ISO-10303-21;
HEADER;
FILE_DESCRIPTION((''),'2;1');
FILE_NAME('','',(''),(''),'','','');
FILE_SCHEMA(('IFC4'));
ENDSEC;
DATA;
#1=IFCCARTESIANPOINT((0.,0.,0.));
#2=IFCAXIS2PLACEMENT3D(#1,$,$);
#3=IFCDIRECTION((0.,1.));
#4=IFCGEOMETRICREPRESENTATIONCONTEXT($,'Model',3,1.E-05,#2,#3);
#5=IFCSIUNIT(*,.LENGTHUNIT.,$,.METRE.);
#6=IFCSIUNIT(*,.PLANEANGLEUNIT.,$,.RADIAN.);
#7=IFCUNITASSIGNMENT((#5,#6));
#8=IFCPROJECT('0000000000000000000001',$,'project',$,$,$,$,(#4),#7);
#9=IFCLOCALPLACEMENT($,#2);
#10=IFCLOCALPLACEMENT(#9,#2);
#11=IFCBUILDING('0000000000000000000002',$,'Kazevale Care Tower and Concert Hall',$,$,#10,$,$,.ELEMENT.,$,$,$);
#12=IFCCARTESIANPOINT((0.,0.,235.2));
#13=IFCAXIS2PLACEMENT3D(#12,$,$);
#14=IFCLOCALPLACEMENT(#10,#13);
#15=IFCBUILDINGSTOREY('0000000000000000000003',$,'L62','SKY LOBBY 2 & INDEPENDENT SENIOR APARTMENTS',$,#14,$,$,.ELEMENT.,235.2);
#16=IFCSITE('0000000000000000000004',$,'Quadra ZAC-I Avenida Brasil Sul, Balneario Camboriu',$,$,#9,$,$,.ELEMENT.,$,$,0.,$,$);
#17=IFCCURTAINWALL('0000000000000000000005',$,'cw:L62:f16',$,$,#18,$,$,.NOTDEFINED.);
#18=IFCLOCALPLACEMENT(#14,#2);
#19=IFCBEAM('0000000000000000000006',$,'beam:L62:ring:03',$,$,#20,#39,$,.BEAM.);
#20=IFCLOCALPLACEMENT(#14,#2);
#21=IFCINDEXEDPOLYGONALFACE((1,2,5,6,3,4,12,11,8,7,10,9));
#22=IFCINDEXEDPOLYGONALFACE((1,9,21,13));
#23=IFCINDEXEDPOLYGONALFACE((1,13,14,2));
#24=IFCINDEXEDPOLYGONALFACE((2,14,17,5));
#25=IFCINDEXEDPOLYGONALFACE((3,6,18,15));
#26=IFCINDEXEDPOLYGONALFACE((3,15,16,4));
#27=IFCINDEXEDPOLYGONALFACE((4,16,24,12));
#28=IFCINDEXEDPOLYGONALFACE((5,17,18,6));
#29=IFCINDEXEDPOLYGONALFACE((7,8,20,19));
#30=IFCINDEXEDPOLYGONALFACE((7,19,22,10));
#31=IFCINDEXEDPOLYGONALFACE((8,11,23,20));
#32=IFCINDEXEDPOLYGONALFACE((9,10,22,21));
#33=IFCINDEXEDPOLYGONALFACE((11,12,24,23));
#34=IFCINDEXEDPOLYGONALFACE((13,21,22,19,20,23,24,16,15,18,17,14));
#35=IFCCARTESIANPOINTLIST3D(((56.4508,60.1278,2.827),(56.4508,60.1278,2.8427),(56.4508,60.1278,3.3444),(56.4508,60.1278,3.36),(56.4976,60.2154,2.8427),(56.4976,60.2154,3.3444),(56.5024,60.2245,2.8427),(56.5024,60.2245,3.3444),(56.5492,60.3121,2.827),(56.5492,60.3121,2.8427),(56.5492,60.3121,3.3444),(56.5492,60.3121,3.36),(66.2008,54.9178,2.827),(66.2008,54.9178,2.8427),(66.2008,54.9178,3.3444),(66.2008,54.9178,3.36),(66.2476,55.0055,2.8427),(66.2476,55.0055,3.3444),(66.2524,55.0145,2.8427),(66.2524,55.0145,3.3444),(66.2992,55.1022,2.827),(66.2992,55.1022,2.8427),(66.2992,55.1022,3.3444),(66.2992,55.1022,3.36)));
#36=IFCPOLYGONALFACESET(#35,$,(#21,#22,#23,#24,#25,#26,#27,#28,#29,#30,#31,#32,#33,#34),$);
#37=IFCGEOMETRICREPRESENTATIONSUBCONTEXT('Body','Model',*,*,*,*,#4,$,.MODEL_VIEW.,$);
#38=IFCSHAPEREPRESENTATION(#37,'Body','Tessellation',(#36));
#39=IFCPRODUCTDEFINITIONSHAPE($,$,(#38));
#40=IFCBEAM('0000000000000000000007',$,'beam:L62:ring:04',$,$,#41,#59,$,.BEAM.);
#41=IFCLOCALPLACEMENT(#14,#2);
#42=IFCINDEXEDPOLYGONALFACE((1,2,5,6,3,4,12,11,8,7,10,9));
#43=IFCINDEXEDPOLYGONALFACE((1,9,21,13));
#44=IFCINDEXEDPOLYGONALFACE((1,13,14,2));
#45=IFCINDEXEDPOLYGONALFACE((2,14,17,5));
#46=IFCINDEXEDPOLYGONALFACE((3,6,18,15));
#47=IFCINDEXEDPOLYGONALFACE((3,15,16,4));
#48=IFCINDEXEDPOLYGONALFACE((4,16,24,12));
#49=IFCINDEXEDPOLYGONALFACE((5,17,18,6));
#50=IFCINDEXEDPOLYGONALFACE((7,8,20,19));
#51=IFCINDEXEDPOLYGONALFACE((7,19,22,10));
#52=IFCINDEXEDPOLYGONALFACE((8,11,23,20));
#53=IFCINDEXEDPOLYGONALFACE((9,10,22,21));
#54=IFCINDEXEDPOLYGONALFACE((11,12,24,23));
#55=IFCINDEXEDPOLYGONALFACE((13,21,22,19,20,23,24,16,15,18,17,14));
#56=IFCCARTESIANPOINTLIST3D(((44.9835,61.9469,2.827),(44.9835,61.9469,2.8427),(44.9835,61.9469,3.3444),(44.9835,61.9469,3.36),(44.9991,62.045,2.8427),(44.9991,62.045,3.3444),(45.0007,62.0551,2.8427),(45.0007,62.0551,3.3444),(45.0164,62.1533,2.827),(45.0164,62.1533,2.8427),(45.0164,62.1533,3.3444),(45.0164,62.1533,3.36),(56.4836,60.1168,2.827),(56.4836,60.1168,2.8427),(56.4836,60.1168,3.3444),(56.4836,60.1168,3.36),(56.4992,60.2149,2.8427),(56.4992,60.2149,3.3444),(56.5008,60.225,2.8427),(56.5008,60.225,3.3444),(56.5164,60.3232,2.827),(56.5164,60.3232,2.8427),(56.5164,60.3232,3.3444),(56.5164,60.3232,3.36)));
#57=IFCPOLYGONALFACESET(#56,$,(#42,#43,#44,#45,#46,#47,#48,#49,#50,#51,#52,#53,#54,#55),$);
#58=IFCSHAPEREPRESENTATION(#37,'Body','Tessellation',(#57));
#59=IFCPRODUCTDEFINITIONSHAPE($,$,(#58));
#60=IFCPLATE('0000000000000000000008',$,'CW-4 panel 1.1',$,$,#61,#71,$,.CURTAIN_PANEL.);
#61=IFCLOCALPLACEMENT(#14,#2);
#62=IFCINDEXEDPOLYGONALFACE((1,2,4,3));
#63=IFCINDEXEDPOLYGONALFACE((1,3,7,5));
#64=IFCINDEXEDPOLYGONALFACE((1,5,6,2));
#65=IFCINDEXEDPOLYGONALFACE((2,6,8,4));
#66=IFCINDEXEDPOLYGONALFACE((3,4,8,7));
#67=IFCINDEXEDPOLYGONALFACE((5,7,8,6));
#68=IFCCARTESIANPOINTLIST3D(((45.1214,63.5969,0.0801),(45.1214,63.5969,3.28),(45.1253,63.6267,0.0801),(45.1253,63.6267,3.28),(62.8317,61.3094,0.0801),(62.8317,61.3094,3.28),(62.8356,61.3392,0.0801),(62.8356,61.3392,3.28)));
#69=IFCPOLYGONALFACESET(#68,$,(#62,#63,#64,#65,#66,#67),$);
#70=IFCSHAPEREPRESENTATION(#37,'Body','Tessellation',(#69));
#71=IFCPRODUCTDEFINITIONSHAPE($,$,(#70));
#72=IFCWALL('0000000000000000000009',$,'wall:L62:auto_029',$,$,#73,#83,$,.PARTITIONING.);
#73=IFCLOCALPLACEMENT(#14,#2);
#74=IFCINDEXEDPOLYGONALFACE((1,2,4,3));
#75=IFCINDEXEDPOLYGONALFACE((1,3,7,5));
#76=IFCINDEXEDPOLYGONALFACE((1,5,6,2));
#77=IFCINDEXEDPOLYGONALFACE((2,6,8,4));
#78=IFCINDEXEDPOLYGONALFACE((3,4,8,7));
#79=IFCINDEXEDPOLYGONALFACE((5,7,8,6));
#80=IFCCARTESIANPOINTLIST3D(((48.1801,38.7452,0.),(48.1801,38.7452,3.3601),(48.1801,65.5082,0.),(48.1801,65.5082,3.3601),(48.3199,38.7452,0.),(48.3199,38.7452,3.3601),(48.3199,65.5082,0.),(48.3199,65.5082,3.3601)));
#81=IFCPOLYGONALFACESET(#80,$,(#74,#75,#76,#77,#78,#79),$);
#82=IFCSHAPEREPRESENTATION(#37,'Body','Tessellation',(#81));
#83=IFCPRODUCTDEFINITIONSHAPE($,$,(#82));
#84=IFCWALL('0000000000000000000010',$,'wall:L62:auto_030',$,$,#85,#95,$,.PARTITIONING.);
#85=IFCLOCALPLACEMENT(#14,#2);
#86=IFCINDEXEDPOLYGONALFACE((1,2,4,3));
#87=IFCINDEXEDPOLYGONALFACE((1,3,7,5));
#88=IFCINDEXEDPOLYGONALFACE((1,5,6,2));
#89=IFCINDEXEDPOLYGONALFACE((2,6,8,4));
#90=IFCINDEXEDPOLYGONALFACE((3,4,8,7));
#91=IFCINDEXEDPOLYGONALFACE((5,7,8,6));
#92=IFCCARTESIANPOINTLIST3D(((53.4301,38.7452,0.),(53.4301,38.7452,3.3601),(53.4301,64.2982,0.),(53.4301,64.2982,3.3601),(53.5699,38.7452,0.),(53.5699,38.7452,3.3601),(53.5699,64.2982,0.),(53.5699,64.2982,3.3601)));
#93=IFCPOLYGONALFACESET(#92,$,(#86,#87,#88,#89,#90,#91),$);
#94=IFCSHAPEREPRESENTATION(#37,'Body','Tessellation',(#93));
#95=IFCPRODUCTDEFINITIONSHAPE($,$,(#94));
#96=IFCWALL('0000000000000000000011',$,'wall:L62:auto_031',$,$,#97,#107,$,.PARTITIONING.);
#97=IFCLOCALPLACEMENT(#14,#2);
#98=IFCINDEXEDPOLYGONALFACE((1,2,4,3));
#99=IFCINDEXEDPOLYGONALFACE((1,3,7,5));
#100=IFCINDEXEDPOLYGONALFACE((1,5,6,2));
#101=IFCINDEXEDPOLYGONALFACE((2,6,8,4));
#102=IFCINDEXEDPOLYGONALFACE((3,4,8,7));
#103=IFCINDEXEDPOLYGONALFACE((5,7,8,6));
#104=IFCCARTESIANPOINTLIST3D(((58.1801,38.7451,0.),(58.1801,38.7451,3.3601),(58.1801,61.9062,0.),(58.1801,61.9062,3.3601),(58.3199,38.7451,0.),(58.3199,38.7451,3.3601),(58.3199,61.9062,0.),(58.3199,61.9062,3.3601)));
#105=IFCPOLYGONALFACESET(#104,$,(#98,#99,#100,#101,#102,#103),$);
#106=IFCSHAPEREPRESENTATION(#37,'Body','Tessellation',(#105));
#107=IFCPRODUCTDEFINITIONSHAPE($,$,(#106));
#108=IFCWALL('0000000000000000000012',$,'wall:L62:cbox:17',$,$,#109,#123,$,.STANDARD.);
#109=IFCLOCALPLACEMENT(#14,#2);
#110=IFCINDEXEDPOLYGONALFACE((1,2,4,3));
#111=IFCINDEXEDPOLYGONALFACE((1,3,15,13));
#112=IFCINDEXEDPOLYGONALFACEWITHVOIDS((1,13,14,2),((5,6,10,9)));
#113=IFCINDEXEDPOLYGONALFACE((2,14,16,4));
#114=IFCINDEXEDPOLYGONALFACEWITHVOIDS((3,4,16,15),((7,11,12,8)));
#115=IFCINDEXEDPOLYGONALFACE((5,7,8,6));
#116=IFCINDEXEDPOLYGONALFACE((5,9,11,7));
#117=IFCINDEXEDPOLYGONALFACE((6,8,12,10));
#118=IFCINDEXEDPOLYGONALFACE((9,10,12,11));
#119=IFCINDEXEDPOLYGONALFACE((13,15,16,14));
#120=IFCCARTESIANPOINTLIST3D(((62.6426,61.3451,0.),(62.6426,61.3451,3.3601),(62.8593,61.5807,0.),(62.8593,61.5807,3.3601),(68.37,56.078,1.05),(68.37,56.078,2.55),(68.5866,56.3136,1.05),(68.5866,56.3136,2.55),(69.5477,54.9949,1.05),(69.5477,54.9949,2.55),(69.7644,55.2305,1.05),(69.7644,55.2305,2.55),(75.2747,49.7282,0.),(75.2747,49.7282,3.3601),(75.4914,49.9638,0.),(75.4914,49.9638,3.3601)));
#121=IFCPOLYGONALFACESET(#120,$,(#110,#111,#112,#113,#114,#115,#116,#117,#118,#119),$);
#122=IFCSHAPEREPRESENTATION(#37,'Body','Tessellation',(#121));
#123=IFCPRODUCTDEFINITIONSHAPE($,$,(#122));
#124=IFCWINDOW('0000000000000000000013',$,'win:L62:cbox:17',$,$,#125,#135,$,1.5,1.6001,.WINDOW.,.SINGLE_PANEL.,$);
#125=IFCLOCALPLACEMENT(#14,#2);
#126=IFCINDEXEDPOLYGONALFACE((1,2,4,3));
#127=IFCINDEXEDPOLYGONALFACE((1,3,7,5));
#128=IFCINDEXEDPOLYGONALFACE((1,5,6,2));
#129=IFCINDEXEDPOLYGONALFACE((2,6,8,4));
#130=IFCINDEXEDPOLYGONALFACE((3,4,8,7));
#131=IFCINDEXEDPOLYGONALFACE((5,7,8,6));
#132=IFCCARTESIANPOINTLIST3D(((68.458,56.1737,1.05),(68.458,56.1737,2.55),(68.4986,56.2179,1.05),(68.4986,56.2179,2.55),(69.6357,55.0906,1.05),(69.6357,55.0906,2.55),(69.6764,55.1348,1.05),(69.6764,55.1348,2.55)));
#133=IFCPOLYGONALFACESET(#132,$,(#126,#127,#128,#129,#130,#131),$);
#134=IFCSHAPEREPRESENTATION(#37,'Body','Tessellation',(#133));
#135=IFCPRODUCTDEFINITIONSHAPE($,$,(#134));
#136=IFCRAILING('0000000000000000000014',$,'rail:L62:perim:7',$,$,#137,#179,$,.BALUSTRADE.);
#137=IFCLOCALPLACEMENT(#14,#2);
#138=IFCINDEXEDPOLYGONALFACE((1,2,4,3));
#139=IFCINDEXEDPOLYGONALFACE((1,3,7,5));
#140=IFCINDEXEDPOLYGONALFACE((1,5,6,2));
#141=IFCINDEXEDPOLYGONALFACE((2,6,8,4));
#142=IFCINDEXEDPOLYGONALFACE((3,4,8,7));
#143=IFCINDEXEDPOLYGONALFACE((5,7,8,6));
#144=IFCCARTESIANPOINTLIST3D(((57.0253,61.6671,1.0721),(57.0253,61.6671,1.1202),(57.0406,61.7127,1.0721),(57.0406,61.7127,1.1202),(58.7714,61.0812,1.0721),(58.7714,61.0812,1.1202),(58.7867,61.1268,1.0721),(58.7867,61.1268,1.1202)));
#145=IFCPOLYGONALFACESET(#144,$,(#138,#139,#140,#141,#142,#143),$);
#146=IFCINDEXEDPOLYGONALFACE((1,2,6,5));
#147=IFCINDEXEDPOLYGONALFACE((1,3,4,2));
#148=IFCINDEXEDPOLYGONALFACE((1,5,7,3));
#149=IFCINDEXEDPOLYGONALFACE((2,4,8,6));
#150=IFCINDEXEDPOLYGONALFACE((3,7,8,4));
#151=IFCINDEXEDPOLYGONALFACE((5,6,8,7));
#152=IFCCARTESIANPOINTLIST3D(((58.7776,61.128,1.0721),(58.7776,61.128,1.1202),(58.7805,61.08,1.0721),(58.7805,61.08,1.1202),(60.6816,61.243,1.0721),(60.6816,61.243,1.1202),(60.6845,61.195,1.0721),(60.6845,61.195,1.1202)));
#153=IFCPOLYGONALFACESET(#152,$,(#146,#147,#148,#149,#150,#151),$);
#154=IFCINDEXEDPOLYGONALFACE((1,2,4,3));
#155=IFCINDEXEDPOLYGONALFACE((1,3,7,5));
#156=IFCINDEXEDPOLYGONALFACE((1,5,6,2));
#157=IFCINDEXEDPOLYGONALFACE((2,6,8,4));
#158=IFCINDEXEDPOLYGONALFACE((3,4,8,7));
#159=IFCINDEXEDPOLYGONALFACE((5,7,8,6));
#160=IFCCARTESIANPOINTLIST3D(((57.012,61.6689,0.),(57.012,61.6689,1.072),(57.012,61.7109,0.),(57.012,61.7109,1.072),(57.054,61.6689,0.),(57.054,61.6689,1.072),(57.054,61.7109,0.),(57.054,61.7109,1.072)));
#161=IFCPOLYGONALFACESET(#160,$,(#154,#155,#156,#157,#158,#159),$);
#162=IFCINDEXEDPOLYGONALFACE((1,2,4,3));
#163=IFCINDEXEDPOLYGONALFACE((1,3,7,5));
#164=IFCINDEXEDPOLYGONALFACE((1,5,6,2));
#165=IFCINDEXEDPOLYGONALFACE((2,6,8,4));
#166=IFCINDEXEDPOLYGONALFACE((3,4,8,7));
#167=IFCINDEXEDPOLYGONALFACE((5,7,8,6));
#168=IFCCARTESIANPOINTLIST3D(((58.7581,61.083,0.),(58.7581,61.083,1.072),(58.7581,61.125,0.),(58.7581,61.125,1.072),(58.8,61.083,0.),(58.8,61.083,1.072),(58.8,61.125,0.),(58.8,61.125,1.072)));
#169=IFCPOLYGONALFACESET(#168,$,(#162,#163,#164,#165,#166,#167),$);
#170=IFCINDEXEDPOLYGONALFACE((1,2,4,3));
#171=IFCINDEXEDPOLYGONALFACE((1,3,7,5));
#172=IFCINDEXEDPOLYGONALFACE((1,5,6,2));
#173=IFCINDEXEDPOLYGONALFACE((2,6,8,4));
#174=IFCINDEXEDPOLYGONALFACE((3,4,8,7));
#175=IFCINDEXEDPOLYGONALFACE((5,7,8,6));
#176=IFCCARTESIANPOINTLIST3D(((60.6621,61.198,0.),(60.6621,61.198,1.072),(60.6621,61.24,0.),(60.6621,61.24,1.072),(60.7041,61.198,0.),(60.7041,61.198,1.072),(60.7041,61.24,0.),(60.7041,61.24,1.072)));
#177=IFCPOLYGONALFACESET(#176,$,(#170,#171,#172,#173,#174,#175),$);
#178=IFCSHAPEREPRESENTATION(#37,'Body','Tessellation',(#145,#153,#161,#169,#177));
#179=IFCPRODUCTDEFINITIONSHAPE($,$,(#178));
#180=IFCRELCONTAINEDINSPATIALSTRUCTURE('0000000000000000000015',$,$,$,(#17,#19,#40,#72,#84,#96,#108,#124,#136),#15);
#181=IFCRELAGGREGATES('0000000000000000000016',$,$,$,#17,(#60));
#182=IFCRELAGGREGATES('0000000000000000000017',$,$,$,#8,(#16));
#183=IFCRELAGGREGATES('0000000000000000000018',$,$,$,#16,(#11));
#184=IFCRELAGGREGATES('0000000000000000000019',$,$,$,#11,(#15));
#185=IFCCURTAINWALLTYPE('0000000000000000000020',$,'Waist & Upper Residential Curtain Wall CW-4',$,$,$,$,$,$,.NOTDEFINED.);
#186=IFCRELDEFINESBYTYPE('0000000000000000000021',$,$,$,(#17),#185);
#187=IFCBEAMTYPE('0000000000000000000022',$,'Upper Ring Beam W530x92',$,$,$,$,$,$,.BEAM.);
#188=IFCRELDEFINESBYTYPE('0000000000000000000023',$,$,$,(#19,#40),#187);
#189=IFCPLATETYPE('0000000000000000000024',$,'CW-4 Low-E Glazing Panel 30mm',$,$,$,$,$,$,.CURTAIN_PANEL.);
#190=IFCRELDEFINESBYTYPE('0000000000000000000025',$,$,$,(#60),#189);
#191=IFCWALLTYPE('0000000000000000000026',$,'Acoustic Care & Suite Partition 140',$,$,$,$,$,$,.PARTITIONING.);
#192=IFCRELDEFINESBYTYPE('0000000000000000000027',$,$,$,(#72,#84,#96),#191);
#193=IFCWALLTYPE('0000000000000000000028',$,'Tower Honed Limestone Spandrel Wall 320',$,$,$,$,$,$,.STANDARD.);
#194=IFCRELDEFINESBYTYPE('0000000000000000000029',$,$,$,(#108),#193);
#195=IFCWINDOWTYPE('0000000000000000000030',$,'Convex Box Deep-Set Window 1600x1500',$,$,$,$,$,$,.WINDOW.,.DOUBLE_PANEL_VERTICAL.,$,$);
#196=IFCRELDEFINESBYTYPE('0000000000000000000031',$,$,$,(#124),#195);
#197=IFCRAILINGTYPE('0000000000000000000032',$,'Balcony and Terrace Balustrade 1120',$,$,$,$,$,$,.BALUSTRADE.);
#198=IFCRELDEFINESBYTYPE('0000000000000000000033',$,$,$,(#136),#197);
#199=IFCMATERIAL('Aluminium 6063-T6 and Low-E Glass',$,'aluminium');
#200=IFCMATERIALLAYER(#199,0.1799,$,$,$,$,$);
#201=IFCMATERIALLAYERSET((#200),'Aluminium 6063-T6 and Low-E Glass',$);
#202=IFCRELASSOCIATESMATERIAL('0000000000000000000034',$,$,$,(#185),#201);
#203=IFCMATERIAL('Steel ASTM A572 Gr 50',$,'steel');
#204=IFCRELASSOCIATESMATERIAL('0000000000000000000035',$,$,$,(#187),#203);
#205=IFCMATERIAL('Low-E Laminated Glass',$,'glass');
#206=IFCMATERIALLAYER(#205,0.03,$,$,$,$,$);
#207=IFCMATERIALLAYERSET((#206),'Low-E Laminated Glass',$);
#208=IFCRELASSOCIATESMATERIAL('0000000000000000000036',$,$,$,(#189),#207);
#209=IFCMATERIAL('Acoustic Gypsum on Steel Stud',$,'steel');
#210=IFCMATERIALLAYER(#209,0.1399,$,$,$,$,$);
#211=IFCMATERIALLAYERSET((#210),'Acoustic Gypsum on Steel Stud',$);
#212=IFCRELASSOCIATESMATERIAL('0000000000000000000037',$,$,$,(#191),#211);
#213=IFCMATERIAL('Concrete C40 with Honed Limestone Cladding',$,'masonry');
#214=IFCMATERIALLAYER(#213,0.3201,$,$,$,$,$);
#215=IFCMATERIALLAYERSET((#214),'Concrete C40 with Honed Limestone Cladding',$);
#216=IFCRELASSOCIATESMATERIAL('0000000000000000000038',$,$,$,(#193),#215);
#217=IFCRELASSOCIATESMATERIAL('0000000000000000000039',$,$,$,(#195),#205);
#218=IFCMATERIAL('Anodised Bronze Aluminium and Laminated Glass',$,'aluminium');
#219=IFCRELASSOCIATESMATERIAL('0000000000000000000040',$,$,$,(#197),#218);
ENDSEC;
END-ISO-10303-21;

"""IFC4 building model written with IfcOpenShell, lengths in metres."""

from ifc_helpers import new_model, si_unit, direction, frame, frame_2d, origin, origin_2d, place, context, subcontext, project, spatial, rectangle, i_section, extrude, material, layer, layer_set, material_profile, profile_set, type_object, element, fill, aggregate, save


model = new_model("IFC4")

# Units and contexts
model_context = context("Model", 3, precision=1e-05, world=origin(), true_north=direction((0.0, 1.0)))
body_context = subcontext(model_context, "Body", "Model", "MODEL_VIEW")
ifc_project = project(units=[si_unit("LENGTHUNIT", "METRE"), si_unit("PLANEANGLEUNIT", "RADIAN")], contexts=[model_context])

# Site, building, storey
site_placement = place(None, origin())
site = spatial("IfcSite", under=ifc_project, at=site_placement, Name="Quadra ZAC-I Avenida Brasil Sul, Balneario Camboriu", CompositionType="ELEMENT", RefElevation=0.0)
building_placement = place(site_placement, origin())
building = spatial("IfcBuilding", under=site, at=building_placement, Name="Kazevale Care Tower and Concert Hall", CompositionType="ELEMENT")
storey_placement = place(building_placement, frame((0.0, 0.0, 235.2)))
storey = spatial("IfcBuildingStorey", under=building, at=storey_placement, Name="L62", Description="SKY LOBBY 2 & INDEPENDENT SENIOR APARTMENTS", CompositionType="ELEMENT", Elevation=235.2)

# Curtain wall
ifc_material_1 = material(Name="Aluminium 6063-T6 and Low-E Glass", Category="aluminium")
ifc_layer_1 = layer(ifc_material_1, 0.1799)
ifc_layer_set_1 = layer_set([ifc_layer_1], Name="Aluminium 6063-T6 and Low-E Glass")
curtain_wall_type = type_object("IfcCurtainWallType", Name="Waist & Upper Residential Curtain Wall CW-4", PredefinedType="NOTDEFINED", material=ifc_layer_set_1)
curtain_wall_1_placement = place(storey_placement, origin())
curtain_wall_1 = element("IfcCurtainWall", 1, at=curtain_wall_1_placement, inside=storey, type_object=curtain_wall_type, Name="cw:L62:f16", PredefinedType="NOTDEFINED")

# Beams
ifc_material_2 = material(Name="Steel ASTM A572 Gr 50", Category="steel")
ifc_material_profile_1 = material_profile(ifc_material_2, i_section(OverallWidth=0.209, OverallDepth=0.533, WebThickness=0.0103, FlangeThickness=0.0156, at=origin_2d()), Name="W530x92")
ifc_profile_set_1 = profile_set([ifc_material_profile_1], Name="Steel ASTM A572 Gr 50")
beam_type_1 = type_object("IfcBeamType", Name="Upper Ring Beam W530x92", PredefinedType="BEAM", material=ifc_profile_set_1)
beam_1_placement = place(storey_placement, frame((66.25, 55.01, 3.0935), z_axis=(-0.881979, 0.47129, 0.0), x_axis=(-0.47129, -0.881979, 0.0)))
element("IfcBeam", 2, at=beam_1_placement, inside=storey, type_object=beam_type_1, Name="beam:L62:ring:03", PredefinedType="BEAM", context=body_context, shape_type="SweptSolid", body=[
    extrude(i_section(OverallWidth=0.209, OverallDepth=0.533, WebThickness=0.0103, FlangeThickness=0.0156, at=origin_2d()), origin(), (0.0, 0.0, 1.0), 11.0547),
])
beam_2_placement = place(storey_placement, frame((56.5, 60.22, 3.0935), z_axis=(-0.987573, 0.15716, 0.0), x_axis=(-0.15716, -0.987573, 0.0)))
element("IfcBeam", 3, at=beam_2_placement, inside=storey, type_object=beam_type_1, Name="beam:L62:ring:04", PredefinedType="BEAM", context=body_context, shape_type="SweptSolid", body=[
    extrude(i_section(OverallWidth=0.209, OverallDepth=0.533, WebThickness=0.0103, FlangeThickness=0.0156, at=origin_2d()), origin(), (0.0, 0.0, 1.0), 11.6448),
])

# Plate
ifc_material_3 = material(Name="Low-E Laminated Glass", Category="glass")
ifc_layer_2 = layer(ifc_material_3, 0.03)
ifc_layer_set_2 = layer_set([ifc_layer_2], Name="Low-E Laminated Glass")
plate_type = type_object("IfcPlateType", Name="CW-4 Low-E Glazing Panel 30mm", PredefinedType="CURTAIN_PANEL", material=ifc_layer_set_2)
plate_placement = place(storey_placement, frame((53.9785, 62.468, 0.0801), z_axis=(0.0, 0.0, 1.0), x_axis=(0.991761, -0.128098, 0.0)))
plate = element("IfcPlate", 4, at=plate_placement, type_object=plate_type, Name="CW-4 panel 1.1", PredefinedType="CURTAIN_PANEL", context=body_context, shape_type="SweptSolid", body=[
    extrude(rectangle(XDim=17.8574, YDim=0.03, at=origin_2d()), origin(), (0.0, 0.0, 1.0), 3.2),
])
aggregate(curtain_wall_1, [plate])

# Walls
ifc_material_4 = material(Name="Acoustic Gypsum on Steel Stud", Category="steel")
ifc_layer_3 = layer(ifc_material_4, 0.1399)
ifc_layer_set_3 = layer_set([ifc_layer_3], Name="Acoustic Gypsum on Steel Stud")
wall_type_1 = type_object("IfcWallType", Name="Acoustic Care & Suite Partition 140", PredefinedType="PARTITIONING", material=ifc_layer_set_3)
wall_1_placement = place(storey_placement, frame((48.25, 65.5081, 0.0), z_axis=(0.0, 0.0, 1.0), x_axis=(0.0, -1.0, 0.0)))
element("IfcWall", 5, at=wall_1_placement, inside=storey, type_object=wall_type_1, Name="wall:L62:auto_029", PredefinedType="PARTITIONING", context=body_context, shape_type="SweptSolid", body=[
    extrude(rectangle(XDim=26.7629, YDim=0.1399, at=frame_2d((13.3813, 0.0))), origin(), (0.0, 0.0, 1.0), 3.3601),
])
wall_2_placement = place(storey_placement, frame((53.5, 64.2981, 0.0), z_axis=(0.0, 0.0, 1.0), x_axis=(0.0, -1.0, 0.0)))
element("IfcWall", 6, at=wall_2_placement, inside=storey, type_object=wall_type_1, Name="wall:L62:auto_030", PredefinedType="PARTITIONING", context=body_context, shape_type="SweptSolid", body=[
    extrude(rectangle(XDim=25.553, YDim=0.1399, at=frame_2d((12.7764, 0.0))), origin(), (0.0, 0.0, 1.0), 3.3601),
])
wall_3_placement = place(storey_placement, frame((58.25, 61.9062, 0.0), z_axis=(0.0, 0.0, 1.0), x_axis=(0.0, -1.0, 0.0)))
element("IfcWall", 7, at=wall_3_placement, inside=storey, type_object=wall_type_1, Name="wall:L62:auto_031", PredefinedType="PARTITIONING", context=body_context, shape_type="SweptSolid", body=[
    extrude(rectangle(XDim=23.1611, YDim=0.1399, at=frame_2d((11.5806, 0.0))), origin(), (0.0, 0.0, 1.0), 3.3601),
])

# Wall, opening, window
ifc_material_5 = material(Name="Concrete C40 with Honed Limestone Cladding", Category="masonry")
ifc_layer_4 = layer(ifc_material_5, 0.3201)
ifc_layer_set_4 = layer_set([ifc_layer_4], Name="Concrete C40 with Honed Limestone Cladding")
wall_type_2 = type_object("IfcWallType", Name="Tower Honed Limestone Spandrel Wall 320", PredefinedType="STANDARD", material=ifc_layer_set_4)
wall_4_placement = place(storey_placement, frame((62.751, 61.4629, 0.0), z_axis=(0.0, 0.0, 1.0), x_axis=(0.736064, -0.676912, 0.0)))
wall_4 = element("IfcWall", 8, at=wall_4_placement, inside=storey, type_object=wall_type_2, Name="wall:L62:cbox:17", PredefinedType="STANDARD", context=body_context, shape_type="SweptSolid", body=[
    extrude(rectangle(XDim=17.1616, YDim=0.3201, at=frame_2d((8.5808, 0.0))), origin(), (0.0, 0.0, 1.0), 3.3601),
])
opening_placement = place(wall_4_placement, frame((7.781, 0.0, 1.05)))
opening = element("IfcOpeningElement", 9, at=opening_placement, cuts=wall_4, PredefinedType="OPENING", context=body_context, shape_type="SweptSolid", body=[
    extrude(rectangle(XDim=1.6001, YDim=1.5, at=frame_2d((0.8, 0.75))), frame((0.0, 0.1699, 0.0), z_axis=(0.0, -1.0, 0.0), x_axis=(1.0, 0.0, 0.0)), (0.0, 0.0, 1.0), 0.3401),
])
window_type = type_object("IfcWindowType", Name="Convex Box Deep-Set Window 1600x1500", PartitioningType="DOUBLE_PANEL_VERTICAL", PredefinedType="WINDOW", material=ifc_material_3)
window_placement = place(opening_placement, origin())
window = element("IfcWindow", 10, at=window_placement, inside=storey, type_object=window_type, Name="win:L62:cbox:17", OverallHeight=1.5, OverallWidth=1.6001, PartitioningType="SINGLE_PANEL", PredefinedType="WINDOW", context=body_context, shape_type="SweptSolid", body=[
    extrude(rectangle(XDim=1.6001, YDim=1.5, at=frame_2d((0.8, 0.75))), frame((0.0, 0.03, 0.0), z_axis=(0.0, -1.0, 0.0), x_axis=(1.0, 0.0, 0.0)), (0.0, 0.0, 1.0), 0.0601),
])
fill(opening, window)

# Railing
ifc_material_6 = material(Name="Anodised Bronze Aluminium and Laminated Glass", Category="aluminium")
railing_type = type_object("IfcRailingType", Name="Balcony and Terrace Balustrade 1120", PredefinedType="BALUSTRADE", material=ifc_material_6)
railing_1_placement = place(storey_placement, frame((57.033, 61.6899, 0.0)))
element("IfcRailing", 11, at=railing_1_placement, inside=storey, type_object=railing_type, Name="rail:L62:perim:7", PredefinedType="BALUSTRADE", context=body_context, shape_type="SweptSolid", body=[
    extrude(rectangle(XDim=0.0481, YDim=0.0481, at=origin_2d()), frame((0.0, 0.0, 1.0962), z_axis=(0.948045, -0.318136, 0.0), x_axis=(0.318136, 0.948045, 0.0)), (0.0, 0.0, 1.0), 1.8418),
    extrude(rectangle(XDim=0.0481, YDim=0.0481, at=origin_2d()), frame((1.7461, -0.5859, 1.0962), z_axis=(0.998181, 0.060283, 0.0), x_axis=(-0.060283, 0.998181, 0.0)), (0.0, 0.0, 1.0), 1.9075),
    extrude(rectangle(XDim=0.042, YDim=0.042, at=origin_2d()), origin(), (0.0, 0.0, 1.0), 1.072),
    extrude(rectangle(XDim=0.042, YDim=0.042, at=origin_2d()), frame((1.7461, -0.5859, 0.0)), (0.0, 0.0, 1.0), 1.072),
    extrude(rectangle(XDim=0.042, YDim=0.042, at=origin_2d()), frame((3.6501, -0.4709, 0.0)), (0.0, 0.0, 1.0), 1.072),
])

save(model, "model.ifc")
